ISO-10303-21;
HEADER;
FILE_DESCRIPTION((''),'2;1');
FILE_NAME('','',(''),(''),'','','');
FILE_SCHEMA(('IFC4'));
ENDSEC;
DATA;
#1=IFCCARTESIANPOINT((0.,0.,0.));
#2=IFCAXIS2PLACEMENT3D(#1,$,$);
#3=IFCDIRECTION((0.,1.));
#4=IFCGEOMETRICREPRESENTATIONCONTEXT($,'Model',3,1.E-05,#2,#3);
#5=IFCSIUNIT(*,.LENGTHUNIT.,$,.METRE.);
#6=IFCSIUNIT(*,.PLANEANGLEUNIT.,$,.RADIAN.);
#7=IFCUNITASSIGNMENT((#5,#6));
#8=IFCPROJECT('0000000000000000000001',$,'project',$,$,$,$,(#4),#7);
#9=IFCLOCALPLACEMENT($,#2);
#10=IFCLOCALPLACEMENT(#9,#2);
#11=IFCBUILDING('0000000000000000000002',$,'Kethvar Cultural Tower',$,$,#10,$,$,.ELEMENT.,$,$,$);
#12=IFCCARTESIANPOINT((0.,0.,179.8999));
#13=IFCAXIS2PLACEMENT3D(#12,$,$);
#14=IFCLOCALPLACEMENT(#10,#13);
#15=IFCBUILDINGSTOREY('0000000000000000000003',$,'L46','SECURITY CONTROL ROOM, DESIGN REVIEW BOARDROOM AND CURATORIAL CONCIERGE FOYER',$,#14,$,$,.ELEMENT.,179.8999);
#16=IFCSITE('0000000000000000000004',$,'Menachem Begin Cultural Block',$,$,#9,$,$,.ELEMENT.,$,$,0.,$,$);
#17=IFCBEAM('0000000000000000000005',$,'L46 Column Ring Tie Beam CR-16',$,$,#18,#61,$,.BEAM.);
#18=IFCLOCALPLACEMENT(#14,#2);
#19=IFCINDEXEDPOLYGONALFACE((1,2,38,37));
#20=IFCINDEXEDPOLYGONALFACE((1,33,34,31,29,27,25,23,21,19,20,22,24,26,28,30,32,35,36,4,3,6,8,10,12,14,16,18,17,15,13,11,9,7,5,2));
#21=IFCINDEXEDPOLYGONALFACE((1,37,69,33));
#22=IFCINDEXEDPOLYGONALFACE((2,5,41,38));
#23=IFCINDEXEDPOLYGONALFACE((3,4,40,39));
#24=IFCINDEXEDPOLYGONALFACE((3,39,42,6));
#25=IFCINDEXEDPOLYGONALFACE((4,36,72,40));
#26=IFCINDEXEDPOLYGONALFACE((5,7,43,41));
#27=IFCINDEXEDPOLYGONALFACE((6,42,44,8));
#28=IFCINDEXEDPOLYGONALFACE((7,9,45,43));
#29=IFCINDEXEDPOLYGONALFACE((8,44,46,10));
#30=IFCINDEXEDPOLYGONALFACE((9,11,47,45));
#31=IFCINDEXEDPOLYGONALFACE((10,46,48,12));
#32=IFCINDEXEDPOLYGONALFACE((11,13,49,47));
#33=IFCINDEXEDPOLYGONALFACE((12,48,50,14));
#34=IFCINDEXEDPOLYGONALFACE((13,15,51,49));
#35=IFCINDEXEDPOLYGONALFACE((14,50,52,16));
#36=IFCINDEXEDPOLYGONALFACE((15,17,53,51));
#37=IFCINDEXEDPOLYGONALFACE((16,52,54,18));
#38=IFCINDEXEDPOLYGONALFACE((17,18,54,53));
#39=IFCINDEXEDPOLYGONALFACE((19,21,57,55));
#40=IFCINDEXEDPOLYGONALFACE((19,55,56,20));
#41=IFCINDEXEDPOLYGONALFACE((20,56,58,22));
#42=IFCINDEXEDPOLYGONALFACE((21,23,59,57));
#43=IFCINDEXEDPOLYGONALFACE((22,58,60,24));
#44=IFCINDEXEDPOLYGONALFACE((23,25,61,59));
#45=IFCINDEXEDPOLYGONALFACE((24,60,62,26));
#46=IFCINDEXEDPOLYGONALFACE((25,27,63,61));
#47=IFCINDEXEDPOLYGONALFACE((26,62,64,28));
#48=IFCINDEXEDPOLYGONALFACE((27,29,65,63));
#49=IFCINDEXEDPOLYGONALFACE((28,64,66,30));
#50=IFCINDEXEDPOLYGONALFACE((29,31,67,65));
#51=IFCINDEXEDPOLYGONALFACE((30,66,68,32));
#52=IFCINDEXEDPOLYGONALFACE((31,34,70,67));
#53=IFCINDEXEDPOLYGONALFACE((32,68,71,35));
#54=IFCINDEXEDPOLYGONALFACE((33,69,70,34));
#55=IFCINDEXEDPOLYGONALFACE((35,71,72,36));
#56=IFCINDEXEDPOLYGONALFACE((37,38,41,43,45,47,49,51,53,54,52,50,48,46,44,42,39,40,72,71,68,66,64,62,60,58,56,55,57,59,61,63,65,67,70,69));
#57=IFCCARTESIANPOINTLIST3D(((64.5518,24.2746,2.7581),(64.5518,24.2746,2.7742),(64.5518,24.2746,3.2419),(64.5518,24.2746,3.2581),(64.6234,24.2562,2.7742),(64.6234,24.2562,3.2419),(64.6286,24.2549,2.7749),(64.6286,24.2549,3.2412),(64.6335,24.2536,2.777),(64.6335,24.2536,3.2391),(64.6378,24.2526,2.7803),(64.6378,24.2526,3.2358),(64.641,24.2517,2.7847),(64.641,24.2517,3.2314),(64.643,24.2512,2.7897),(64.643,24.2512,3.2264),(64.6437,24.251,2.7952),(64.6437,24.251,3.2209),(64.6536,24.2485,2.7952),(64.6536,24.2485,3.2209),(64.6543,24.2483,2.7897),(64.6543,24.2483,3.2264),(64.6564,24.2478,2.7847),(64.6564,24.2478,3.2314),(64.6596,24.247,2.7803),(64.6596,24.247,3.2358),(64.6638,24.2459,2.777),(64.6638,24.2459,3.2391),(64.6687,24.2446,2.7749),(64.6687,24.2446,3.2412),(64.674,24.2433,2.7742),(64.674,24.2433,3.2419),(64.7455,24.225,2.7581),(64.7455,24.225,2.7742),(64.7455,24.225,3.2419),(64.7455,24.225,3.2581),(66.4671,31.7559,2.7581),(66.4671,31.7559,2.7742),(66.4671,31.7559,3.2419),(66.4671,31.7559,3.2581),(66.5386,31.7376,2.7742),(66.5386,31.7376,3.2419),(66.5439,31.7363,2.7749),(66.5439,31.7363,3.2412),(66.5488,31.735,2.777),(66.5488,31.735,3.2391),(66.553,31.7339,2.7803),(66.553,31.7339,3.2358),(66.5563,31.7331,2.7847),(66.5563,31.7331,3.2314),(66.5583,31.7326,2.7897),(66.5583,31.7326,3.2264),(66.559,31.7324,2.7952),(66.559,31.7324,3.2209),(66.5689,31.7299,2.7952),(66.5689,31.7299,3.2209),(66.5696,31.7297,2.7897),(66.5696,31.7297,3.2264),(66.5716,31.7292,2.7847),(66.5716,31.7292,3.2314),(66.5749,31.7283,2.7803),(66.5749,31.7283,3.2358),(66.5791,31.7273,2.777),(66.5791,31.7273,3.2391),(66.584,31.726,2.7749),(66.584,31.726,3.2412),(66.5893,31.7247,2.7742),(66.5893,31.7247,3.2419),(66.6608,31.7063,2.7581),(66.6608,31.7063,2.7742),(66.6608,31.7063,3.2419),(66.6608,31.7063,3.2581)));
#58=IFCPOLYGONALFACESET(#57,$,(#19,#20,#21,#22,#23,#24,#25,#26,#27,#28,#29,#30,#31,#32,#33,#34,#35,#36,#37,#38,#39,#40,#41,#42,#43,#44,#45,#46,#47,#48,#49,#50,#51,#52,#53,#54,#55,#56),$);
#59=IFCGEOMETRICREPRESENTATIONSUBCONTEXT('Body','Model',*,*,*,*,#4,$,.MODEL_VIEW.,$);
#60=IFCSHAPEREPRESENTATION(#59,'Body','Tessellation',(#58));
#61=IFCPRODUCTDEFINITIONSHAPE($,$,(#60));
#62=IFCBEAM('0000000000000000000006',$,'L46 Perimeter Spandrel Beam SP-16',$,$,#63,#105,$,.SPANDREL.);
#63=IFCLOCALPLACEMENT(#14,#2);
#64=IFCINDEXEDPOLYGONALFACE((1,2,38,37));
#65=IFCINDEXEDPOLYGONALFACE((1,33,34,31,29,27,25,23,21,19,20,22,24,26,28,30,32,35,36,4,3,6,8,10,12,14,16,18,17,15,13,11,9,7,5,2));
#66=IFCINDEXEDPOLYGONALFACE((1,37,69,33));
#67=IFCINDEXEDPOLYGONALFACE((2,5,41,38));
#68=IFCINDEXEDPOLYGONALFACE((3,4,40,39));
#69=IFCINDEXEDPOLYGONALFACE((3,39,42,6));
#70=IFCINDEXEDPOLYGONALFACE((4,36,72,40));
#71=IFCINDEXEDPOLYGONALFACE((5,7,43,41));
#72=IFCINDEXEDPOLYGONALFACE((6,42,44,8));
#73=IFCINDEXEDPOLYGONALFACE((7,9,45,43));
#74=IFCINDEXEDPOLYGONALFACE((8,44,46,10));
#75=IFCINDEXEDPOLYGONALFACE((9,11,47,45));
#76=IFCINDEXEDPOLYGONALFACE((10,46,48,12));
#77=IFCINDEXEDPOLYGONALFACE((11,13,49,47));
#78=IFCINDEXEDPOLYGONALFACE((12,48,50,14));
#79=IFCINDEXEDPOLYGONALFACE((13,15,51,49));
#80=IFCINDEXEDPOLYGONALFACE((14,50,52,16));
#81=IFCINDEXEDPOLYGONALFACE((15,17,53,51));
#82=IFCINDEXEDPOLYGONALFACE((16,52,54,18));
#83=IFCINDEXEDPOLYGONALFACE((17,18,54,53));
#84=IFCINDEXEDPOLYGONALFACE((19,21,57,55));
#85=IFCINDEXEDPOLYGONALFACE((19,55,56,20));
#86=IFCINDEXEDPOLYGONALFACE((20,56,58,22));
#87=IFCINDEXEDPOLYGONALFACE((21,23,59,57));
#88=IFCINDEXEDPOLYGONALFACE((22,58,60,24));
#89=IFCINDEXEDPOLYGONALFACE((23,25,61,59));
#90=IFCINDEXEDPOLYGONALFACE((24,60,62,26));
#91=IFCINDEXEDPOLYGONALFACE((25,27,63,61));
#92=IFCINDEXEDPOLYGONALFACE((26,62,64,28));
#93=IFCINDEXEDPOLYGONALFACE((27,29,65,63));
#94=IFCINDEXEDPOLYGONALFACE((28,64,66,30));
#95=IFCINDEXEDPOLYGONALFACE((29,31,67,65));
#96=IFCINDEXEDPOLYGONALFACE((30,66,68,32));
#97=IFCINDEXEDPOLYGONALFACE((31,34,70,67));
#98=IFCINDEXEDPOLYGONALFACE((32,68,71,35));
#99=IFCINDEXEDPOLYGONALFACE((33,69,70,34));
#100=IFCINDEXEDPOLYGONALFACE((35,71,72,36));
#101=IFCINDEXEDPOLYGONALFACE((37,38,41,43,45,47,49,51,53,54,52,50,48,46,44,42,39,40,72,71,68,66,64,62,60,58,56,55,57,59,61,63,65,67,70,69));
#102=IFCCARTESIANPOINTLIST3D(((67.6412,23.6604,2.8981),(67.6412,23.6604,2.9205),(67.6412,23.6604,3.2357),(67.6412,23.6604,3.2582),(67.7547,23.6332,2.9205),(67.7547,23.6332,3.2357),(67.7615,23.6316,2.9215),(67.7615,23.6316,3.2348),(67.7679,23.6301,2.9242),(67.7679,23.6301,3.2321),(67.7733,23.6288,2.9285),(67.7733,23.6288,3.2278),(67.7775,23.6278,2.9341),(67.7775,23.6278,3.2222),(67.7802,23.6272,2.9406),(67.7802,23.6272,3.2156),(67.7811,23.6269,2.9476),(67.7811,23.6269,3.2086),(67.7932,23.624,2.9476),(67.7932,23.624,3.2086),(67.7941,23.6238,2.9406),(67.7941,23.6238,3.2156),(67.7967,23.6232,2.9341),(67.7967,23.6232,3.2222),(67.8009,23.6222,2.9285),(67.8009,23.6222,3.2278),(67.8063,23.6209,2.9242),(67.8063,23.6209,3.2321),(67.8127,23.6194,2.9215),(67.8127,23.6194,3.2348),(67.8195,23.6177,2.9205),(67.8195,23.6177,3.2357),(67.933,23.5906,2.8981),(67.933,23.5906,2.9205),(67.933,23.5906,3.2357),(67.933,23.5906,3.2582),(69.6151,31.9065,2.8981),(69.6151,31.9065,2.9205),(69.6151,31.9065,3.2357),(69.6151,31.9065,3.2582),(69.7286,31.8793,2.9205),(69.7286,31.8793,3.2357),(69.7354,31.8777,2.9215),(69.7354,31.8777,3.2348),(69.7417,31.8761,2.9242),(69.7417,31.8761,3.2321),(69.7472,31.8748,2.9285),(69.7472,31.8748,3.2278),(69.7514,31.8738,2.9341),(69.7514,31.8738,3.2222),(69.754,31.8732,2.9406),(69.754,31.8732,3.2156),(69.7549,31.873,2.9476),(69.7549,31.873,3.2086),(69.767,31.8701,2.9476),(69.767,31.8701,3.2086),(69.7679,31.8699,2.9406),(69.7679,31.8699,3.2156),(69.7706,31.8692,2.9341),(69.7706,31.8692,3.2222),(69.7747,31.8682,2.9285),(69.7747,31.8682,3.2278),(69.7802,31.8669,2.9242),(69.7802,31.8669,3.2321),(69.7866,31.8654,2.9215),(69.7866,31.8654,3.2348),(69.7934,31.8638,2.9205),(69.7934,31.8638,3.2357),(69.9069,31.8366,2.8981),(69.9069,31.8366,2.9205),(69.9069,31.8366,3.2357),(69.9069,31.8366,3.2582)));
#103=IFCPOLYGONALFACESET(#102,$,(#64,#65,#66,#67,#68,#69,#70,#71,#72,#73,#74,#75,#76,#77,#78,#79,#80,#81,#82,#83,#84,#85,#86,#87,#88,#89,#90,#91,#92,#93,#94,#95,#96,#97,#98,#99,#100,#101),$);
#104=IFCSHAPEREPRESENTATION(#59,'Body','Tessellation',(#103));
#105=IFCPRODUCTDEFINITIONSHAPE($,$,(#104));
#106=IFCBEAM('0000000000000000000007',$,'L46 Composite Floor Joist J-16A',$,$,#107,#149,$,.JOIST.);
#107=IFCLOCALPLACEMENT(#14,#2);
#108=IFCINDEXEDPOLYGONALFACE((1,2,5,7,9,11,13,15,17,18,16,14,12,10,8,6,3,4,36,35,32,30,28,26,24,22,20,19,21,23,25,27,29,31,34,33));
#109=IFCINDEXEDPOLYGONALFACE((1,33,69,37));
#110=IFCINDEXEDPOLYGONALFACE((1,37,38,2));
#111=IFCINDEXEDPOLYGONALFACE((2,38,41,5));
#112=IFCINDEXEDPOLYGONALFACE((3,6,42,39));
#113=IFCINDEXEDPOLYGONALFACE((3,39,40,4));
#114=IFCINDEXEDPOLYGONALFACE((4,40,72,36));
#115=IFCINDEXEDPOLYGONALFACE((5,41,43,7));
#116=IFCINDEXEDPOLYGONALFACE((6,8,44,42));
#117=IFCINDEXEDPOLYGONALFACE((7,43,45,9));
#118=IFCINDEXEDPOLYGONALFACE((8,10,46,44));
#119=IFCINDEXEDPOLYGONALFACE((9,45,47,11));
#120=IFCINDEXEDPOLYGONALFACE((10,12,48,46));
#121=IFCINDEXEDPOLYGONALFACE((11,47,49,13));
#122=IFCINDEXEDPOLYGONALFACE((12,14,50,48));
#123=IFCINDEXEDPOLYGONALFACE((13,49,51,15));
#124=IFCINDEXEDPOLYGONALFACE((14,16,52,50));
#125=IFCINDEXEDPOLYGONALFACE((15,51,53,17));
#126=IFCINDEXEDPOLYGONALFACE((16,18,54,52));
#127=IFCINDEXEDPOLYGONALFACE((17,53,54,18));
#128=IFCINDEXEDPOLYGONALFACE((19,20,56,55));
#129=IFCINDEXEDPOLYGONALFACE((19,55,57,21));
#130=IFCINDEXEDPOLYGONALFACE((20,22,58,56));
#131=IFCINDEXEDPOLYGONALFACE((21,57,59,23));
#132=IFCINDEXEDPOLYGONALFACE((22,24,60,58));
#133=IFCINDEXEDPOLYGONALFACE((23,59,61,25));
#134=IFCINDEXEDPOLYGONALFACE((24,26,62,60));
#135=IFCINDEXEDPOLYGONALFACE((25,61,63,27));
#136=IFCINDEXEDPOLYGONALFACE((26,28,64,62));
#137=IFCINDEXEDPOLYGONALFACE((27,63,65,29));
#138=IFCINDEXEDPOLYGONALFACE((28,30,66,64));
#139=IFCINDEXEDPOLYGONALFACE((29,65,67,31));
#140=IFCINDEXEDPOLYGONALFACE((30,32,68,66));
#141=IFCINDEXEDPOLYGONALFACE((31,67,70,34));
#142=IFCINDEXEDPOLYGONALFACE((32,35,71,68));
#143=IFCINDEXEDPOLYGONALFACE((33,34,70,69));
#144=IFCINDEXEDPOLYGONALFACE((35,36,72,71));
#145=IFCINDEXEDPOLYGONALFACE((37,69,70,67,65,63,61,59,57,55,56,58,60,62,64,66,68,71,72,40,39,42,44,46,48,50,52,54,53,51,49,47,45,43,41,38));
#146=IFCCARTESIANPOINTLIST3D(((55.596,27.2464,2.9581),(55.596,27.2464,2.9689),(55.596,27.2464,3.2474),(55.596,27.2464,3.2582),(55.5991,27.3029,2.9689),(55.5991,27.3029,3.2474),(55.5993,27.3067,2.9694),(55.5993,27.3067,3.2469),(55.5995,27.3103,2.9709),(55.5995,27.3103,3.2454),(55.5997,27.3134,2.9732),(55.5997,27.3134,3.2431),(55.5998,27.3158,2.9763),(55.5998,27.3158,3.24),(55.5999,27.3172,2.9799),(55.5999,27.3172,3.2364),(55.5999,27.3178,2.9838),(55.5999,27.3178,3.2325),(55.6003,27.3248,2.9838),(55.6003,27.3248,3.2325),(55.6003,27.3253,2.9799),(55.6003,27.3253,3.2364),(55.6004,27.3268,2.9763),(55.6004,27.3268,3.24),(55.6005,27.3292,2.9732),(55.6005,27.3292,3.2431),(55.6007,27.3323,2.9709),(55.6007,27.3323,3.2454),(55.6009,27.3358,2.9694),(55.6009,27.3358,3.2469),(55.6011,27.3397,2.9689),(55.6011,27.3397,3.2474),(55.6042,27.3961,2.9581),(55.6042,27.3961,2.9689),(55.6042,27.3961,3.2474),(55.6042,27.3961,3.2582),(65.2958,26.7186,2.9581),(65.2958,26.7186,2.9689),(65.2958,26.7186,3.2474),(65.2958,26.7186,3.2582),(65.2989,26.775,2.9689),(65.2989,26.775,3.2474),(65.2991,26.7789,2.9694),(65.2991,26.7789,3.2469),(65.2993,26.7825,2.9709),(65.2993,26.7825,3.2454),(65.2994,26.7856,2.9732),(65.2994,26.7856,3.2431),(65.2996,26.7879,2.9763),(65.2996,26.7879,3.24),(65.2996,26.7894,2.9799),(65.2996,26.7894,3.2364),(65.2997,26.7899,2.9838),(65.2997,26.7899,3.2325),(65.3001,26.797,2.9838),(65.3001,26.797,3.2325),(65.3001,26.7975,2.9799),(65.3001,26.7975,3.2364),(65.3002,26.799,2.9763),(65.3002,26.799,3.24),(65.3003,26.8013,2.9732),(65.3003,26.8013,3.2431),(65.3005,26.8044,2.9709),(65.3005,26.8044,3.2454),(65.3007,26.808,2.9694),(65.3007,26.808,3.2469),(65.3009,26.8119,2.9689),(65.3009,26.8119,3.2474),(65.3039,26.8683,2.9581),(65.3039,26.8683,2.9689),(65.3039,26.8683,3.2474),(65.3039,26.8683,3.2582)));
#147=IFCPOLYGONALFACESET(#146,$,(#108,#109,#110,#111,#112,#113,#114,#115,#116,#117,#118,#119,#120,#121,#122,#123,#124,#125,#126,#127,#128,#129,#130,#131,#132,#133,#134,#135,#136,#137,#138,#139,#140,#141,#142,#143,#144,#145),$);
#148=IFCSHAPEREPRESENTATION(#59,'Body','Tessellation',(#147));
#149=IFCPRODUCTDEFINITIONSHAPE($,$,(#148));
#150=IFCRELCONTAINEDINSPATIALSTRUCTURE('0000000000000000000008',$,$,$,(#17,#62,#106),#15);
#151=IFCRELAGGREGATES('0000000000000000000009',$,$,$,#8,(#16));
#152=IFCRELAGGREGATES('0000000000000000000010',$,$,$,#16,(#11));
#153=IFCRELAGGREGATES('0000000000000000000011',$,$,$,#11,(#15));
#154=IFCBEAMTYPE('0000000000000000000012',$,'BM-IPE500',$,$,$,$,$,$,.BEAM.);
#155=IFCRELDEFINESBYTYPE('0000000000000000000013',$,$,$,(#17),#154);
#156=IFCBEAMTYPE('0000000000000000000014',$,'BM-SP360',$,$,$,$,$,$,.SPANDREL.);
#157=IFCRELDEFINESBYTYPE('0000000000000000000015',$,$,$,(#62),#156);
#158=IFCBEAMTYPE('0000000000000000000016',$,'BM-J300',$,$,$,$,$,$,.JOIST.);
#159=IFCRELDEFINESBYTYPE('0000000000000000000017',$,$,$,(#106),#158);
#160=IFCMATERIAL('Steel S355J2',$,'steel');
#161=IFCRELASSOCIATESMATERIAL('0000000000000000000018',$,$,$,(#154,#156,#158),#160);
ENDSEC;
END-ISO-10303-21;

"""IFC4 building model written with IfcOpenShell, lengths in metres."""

from ifc_helpers import new_model, si_unit, direction, frame, origin, origin_2d, place, context, subcontext, project, spatial, i_section, extrude, source, transform, mapped, material, material_profile, profile_set, type_object, element, save


model = new_model("IFC4")

# Units and contexts
model_context = context("Model", 3, precision=1e-05, world=origin(), true_north=direction((0.0, 1.0)))
body_context = subcontext(model_context, "Body", "Model", "MODEL_VIEW")
ifc_project = project(units=[si_unit("LENGTHUNIT", "METRE"), si_unit("PLANEANGLEUNIT", "RADIAN")], contexts=[model_context])

# Site, building, storey
site_placement = place(None, origin())
site = spatial("IfcSite", under=ifc_project, at=site_placement, Name="Menachem Begin Cultural Block", CompositionType="ELEMENT", RefElevation=0.0)
building_placement = place(site_placement, origin())
building = spatial("IfcBuilding", under=site, at=building_placement, Name="Kethvar Cultural Tower", CompositionType="ELEMENT")
storey_placement = place(building_placement, frame((0.0, 0.0, 179.8999)))
storey = spatial("IfcBuildingStorey", under=building, at=storey_placement, Name="L46", Description="SECURITY CONTROL ROOM, DESIGN REVIEW BOARDROOM AND CURATORIAL CONCIERGE FOYER", CompositionType="ELEMENT", Elevation=179.8999)

# Beams
ifc_material_1 = material(Name="Steel S355J2", Category="steel")
ifc_material_profile_1 = material_profile(ifc_material_1, i_section(OverallWidth=0.2, OverallDepth=0.5, WebThickness=0.0103, FlangeThickness=0.0161, FilletRadius=0.021, at=origin_2d()), Name="Steel S355J2 — IPE500")
ifc_profile_set_1 = profile_set([ifc_material_profile_1], Name="Steel S355J2 — IPE500")
beam_type_1 = type_object("IfcBeamType", Name="BM-IPE500", PredefinedType="BEAM", material=ifc_profile_set_1)
shared_shape_1 = source(origin(), body_context, "Body", "SweptSolid", [
    extrude(i_section(OverallWidth=0.2, OverallDepth=0.5, WebThickness=0.0103, FlangeThickness=0.0161, FilletRadius=0.021, at=origin_2d()), origin(), (0.0, 0.0, 1.0), 7.7227),
])
beam_1_placement = place(storey_placement, frame((64.6487, 24.2498, 3.0081), z_axis=(0.248006, 0.968758, 0.0), x_axis=(-0.968758, 0.248006, 0.0)))
element("IfcBeam", 1, at=beam_1_placement, inside=storey, type_object=beam_type_1, Name="L46 Column Ring Tie Beam CR-16", PredefinedType="BEAM", context=body_context, shape_type="MappedRepresentation", body=[
    mapped(shared_shape_1, transform((0.0, 0.0, 0.0), scale=1.0)),
])
ifc_material_profile_2 = material_profile(ifc_material_1, i_section(OverallWidth=0.3, OverallDepth=0.3601, WebThickness=0.0125, FlangeThickness=0.0225, FilletRadius=0.0271, at=origin_2d()), Name="Steel S355J2 — HEB360")
ifc_profile_set_2 = profile_set([ifc_material_profile_2], Name="Steel S355J2 — HEB360")
beam_type_2 = type_object("IfcBeamType", Name="BM-SP360", PredefinedType="SPANDREL", material=ifc_profile_set_2)
shared_shape_2 = source(origin(), body_context, "Body", "SweptSolid", [
    extrude(i_section(OverallWidth=0.3, OverallDepth=0.3601, WebThickness=0.0125, FlangeThickness=0.0225, FilletRadius=0.0271, at=origin_2d()), origin(), (0.0, 0.0, 1.0), 8.479),
])
beam_2_placement = place(storey_placement, frame((67.7871, 23.6255, 3.0781), z_axis=(0.232795, 0.972526, 0.0), x_axis=(-0.972526, 0.232795, 0.0)))
element("IfcBeam", 2, at=beam_2_placement, inside=storey, type_object=beam_type_2, Name="L46 Perimeter Spandrel Beam SP-16", PredefinedType="SPANDREL", context=body_context, shape_type="MappedRepresentation", body=[
    mapped(shared_shape_2, transform((0.0, 0.0, 0.0), scale=1.0)),
])
ifc_material_profile_3 = material_profile(ifc_material_1, i_section(OverallWidth=0.1499, OverallDepth=0.3, WebThickness=0.0071, FlangeThickness=0.0107, FilletRadius=0.0149, at=origin_2d()), Name="Steel S355J2 — IPE300")
ifc_profile_set_3 = profile_set([ifc_material_profile_3], Name="Steel S355J2 — IPE300")
beam_type_3 = type_object("IfcBeamType", Name="BM-J300", PredefinedType="JOIST", material=ifc_profile_set_3)
shared_shape_3 = source(origin(), body_context, "Body", "SweptSolid", [
    extrude(i_section(OverallWidth=0.1499, OverallDepth=0.3, WebThickness=0.0071, FlangeThickness=0.0107, FilletRadius=0.0149, at=origin_2d()), origin(), (0.0, 0.0, 1.0), 9.7141),
])
beam_3_placement = place(storey_placement, frame((55.6001, 27.3213, 3.1082), z_axis=(0.998523, -0.054337, 0.0), x_axis=(0.054337, 0.998523, 0.0)))
element("IfcBeam", 3, at=beam_3_placement, inside=storey, type_object=beam_type_3, Name="L46 Composite Floor Joist J-16A", PredefinedType="JOIST", context=body_context, shape_type="MappedRepresentation", body=[
    mapped(shared_shape_3, transform((0.0, 0.0, 0.0), scale=1.0)),
])

save(model, "model.ifc")
